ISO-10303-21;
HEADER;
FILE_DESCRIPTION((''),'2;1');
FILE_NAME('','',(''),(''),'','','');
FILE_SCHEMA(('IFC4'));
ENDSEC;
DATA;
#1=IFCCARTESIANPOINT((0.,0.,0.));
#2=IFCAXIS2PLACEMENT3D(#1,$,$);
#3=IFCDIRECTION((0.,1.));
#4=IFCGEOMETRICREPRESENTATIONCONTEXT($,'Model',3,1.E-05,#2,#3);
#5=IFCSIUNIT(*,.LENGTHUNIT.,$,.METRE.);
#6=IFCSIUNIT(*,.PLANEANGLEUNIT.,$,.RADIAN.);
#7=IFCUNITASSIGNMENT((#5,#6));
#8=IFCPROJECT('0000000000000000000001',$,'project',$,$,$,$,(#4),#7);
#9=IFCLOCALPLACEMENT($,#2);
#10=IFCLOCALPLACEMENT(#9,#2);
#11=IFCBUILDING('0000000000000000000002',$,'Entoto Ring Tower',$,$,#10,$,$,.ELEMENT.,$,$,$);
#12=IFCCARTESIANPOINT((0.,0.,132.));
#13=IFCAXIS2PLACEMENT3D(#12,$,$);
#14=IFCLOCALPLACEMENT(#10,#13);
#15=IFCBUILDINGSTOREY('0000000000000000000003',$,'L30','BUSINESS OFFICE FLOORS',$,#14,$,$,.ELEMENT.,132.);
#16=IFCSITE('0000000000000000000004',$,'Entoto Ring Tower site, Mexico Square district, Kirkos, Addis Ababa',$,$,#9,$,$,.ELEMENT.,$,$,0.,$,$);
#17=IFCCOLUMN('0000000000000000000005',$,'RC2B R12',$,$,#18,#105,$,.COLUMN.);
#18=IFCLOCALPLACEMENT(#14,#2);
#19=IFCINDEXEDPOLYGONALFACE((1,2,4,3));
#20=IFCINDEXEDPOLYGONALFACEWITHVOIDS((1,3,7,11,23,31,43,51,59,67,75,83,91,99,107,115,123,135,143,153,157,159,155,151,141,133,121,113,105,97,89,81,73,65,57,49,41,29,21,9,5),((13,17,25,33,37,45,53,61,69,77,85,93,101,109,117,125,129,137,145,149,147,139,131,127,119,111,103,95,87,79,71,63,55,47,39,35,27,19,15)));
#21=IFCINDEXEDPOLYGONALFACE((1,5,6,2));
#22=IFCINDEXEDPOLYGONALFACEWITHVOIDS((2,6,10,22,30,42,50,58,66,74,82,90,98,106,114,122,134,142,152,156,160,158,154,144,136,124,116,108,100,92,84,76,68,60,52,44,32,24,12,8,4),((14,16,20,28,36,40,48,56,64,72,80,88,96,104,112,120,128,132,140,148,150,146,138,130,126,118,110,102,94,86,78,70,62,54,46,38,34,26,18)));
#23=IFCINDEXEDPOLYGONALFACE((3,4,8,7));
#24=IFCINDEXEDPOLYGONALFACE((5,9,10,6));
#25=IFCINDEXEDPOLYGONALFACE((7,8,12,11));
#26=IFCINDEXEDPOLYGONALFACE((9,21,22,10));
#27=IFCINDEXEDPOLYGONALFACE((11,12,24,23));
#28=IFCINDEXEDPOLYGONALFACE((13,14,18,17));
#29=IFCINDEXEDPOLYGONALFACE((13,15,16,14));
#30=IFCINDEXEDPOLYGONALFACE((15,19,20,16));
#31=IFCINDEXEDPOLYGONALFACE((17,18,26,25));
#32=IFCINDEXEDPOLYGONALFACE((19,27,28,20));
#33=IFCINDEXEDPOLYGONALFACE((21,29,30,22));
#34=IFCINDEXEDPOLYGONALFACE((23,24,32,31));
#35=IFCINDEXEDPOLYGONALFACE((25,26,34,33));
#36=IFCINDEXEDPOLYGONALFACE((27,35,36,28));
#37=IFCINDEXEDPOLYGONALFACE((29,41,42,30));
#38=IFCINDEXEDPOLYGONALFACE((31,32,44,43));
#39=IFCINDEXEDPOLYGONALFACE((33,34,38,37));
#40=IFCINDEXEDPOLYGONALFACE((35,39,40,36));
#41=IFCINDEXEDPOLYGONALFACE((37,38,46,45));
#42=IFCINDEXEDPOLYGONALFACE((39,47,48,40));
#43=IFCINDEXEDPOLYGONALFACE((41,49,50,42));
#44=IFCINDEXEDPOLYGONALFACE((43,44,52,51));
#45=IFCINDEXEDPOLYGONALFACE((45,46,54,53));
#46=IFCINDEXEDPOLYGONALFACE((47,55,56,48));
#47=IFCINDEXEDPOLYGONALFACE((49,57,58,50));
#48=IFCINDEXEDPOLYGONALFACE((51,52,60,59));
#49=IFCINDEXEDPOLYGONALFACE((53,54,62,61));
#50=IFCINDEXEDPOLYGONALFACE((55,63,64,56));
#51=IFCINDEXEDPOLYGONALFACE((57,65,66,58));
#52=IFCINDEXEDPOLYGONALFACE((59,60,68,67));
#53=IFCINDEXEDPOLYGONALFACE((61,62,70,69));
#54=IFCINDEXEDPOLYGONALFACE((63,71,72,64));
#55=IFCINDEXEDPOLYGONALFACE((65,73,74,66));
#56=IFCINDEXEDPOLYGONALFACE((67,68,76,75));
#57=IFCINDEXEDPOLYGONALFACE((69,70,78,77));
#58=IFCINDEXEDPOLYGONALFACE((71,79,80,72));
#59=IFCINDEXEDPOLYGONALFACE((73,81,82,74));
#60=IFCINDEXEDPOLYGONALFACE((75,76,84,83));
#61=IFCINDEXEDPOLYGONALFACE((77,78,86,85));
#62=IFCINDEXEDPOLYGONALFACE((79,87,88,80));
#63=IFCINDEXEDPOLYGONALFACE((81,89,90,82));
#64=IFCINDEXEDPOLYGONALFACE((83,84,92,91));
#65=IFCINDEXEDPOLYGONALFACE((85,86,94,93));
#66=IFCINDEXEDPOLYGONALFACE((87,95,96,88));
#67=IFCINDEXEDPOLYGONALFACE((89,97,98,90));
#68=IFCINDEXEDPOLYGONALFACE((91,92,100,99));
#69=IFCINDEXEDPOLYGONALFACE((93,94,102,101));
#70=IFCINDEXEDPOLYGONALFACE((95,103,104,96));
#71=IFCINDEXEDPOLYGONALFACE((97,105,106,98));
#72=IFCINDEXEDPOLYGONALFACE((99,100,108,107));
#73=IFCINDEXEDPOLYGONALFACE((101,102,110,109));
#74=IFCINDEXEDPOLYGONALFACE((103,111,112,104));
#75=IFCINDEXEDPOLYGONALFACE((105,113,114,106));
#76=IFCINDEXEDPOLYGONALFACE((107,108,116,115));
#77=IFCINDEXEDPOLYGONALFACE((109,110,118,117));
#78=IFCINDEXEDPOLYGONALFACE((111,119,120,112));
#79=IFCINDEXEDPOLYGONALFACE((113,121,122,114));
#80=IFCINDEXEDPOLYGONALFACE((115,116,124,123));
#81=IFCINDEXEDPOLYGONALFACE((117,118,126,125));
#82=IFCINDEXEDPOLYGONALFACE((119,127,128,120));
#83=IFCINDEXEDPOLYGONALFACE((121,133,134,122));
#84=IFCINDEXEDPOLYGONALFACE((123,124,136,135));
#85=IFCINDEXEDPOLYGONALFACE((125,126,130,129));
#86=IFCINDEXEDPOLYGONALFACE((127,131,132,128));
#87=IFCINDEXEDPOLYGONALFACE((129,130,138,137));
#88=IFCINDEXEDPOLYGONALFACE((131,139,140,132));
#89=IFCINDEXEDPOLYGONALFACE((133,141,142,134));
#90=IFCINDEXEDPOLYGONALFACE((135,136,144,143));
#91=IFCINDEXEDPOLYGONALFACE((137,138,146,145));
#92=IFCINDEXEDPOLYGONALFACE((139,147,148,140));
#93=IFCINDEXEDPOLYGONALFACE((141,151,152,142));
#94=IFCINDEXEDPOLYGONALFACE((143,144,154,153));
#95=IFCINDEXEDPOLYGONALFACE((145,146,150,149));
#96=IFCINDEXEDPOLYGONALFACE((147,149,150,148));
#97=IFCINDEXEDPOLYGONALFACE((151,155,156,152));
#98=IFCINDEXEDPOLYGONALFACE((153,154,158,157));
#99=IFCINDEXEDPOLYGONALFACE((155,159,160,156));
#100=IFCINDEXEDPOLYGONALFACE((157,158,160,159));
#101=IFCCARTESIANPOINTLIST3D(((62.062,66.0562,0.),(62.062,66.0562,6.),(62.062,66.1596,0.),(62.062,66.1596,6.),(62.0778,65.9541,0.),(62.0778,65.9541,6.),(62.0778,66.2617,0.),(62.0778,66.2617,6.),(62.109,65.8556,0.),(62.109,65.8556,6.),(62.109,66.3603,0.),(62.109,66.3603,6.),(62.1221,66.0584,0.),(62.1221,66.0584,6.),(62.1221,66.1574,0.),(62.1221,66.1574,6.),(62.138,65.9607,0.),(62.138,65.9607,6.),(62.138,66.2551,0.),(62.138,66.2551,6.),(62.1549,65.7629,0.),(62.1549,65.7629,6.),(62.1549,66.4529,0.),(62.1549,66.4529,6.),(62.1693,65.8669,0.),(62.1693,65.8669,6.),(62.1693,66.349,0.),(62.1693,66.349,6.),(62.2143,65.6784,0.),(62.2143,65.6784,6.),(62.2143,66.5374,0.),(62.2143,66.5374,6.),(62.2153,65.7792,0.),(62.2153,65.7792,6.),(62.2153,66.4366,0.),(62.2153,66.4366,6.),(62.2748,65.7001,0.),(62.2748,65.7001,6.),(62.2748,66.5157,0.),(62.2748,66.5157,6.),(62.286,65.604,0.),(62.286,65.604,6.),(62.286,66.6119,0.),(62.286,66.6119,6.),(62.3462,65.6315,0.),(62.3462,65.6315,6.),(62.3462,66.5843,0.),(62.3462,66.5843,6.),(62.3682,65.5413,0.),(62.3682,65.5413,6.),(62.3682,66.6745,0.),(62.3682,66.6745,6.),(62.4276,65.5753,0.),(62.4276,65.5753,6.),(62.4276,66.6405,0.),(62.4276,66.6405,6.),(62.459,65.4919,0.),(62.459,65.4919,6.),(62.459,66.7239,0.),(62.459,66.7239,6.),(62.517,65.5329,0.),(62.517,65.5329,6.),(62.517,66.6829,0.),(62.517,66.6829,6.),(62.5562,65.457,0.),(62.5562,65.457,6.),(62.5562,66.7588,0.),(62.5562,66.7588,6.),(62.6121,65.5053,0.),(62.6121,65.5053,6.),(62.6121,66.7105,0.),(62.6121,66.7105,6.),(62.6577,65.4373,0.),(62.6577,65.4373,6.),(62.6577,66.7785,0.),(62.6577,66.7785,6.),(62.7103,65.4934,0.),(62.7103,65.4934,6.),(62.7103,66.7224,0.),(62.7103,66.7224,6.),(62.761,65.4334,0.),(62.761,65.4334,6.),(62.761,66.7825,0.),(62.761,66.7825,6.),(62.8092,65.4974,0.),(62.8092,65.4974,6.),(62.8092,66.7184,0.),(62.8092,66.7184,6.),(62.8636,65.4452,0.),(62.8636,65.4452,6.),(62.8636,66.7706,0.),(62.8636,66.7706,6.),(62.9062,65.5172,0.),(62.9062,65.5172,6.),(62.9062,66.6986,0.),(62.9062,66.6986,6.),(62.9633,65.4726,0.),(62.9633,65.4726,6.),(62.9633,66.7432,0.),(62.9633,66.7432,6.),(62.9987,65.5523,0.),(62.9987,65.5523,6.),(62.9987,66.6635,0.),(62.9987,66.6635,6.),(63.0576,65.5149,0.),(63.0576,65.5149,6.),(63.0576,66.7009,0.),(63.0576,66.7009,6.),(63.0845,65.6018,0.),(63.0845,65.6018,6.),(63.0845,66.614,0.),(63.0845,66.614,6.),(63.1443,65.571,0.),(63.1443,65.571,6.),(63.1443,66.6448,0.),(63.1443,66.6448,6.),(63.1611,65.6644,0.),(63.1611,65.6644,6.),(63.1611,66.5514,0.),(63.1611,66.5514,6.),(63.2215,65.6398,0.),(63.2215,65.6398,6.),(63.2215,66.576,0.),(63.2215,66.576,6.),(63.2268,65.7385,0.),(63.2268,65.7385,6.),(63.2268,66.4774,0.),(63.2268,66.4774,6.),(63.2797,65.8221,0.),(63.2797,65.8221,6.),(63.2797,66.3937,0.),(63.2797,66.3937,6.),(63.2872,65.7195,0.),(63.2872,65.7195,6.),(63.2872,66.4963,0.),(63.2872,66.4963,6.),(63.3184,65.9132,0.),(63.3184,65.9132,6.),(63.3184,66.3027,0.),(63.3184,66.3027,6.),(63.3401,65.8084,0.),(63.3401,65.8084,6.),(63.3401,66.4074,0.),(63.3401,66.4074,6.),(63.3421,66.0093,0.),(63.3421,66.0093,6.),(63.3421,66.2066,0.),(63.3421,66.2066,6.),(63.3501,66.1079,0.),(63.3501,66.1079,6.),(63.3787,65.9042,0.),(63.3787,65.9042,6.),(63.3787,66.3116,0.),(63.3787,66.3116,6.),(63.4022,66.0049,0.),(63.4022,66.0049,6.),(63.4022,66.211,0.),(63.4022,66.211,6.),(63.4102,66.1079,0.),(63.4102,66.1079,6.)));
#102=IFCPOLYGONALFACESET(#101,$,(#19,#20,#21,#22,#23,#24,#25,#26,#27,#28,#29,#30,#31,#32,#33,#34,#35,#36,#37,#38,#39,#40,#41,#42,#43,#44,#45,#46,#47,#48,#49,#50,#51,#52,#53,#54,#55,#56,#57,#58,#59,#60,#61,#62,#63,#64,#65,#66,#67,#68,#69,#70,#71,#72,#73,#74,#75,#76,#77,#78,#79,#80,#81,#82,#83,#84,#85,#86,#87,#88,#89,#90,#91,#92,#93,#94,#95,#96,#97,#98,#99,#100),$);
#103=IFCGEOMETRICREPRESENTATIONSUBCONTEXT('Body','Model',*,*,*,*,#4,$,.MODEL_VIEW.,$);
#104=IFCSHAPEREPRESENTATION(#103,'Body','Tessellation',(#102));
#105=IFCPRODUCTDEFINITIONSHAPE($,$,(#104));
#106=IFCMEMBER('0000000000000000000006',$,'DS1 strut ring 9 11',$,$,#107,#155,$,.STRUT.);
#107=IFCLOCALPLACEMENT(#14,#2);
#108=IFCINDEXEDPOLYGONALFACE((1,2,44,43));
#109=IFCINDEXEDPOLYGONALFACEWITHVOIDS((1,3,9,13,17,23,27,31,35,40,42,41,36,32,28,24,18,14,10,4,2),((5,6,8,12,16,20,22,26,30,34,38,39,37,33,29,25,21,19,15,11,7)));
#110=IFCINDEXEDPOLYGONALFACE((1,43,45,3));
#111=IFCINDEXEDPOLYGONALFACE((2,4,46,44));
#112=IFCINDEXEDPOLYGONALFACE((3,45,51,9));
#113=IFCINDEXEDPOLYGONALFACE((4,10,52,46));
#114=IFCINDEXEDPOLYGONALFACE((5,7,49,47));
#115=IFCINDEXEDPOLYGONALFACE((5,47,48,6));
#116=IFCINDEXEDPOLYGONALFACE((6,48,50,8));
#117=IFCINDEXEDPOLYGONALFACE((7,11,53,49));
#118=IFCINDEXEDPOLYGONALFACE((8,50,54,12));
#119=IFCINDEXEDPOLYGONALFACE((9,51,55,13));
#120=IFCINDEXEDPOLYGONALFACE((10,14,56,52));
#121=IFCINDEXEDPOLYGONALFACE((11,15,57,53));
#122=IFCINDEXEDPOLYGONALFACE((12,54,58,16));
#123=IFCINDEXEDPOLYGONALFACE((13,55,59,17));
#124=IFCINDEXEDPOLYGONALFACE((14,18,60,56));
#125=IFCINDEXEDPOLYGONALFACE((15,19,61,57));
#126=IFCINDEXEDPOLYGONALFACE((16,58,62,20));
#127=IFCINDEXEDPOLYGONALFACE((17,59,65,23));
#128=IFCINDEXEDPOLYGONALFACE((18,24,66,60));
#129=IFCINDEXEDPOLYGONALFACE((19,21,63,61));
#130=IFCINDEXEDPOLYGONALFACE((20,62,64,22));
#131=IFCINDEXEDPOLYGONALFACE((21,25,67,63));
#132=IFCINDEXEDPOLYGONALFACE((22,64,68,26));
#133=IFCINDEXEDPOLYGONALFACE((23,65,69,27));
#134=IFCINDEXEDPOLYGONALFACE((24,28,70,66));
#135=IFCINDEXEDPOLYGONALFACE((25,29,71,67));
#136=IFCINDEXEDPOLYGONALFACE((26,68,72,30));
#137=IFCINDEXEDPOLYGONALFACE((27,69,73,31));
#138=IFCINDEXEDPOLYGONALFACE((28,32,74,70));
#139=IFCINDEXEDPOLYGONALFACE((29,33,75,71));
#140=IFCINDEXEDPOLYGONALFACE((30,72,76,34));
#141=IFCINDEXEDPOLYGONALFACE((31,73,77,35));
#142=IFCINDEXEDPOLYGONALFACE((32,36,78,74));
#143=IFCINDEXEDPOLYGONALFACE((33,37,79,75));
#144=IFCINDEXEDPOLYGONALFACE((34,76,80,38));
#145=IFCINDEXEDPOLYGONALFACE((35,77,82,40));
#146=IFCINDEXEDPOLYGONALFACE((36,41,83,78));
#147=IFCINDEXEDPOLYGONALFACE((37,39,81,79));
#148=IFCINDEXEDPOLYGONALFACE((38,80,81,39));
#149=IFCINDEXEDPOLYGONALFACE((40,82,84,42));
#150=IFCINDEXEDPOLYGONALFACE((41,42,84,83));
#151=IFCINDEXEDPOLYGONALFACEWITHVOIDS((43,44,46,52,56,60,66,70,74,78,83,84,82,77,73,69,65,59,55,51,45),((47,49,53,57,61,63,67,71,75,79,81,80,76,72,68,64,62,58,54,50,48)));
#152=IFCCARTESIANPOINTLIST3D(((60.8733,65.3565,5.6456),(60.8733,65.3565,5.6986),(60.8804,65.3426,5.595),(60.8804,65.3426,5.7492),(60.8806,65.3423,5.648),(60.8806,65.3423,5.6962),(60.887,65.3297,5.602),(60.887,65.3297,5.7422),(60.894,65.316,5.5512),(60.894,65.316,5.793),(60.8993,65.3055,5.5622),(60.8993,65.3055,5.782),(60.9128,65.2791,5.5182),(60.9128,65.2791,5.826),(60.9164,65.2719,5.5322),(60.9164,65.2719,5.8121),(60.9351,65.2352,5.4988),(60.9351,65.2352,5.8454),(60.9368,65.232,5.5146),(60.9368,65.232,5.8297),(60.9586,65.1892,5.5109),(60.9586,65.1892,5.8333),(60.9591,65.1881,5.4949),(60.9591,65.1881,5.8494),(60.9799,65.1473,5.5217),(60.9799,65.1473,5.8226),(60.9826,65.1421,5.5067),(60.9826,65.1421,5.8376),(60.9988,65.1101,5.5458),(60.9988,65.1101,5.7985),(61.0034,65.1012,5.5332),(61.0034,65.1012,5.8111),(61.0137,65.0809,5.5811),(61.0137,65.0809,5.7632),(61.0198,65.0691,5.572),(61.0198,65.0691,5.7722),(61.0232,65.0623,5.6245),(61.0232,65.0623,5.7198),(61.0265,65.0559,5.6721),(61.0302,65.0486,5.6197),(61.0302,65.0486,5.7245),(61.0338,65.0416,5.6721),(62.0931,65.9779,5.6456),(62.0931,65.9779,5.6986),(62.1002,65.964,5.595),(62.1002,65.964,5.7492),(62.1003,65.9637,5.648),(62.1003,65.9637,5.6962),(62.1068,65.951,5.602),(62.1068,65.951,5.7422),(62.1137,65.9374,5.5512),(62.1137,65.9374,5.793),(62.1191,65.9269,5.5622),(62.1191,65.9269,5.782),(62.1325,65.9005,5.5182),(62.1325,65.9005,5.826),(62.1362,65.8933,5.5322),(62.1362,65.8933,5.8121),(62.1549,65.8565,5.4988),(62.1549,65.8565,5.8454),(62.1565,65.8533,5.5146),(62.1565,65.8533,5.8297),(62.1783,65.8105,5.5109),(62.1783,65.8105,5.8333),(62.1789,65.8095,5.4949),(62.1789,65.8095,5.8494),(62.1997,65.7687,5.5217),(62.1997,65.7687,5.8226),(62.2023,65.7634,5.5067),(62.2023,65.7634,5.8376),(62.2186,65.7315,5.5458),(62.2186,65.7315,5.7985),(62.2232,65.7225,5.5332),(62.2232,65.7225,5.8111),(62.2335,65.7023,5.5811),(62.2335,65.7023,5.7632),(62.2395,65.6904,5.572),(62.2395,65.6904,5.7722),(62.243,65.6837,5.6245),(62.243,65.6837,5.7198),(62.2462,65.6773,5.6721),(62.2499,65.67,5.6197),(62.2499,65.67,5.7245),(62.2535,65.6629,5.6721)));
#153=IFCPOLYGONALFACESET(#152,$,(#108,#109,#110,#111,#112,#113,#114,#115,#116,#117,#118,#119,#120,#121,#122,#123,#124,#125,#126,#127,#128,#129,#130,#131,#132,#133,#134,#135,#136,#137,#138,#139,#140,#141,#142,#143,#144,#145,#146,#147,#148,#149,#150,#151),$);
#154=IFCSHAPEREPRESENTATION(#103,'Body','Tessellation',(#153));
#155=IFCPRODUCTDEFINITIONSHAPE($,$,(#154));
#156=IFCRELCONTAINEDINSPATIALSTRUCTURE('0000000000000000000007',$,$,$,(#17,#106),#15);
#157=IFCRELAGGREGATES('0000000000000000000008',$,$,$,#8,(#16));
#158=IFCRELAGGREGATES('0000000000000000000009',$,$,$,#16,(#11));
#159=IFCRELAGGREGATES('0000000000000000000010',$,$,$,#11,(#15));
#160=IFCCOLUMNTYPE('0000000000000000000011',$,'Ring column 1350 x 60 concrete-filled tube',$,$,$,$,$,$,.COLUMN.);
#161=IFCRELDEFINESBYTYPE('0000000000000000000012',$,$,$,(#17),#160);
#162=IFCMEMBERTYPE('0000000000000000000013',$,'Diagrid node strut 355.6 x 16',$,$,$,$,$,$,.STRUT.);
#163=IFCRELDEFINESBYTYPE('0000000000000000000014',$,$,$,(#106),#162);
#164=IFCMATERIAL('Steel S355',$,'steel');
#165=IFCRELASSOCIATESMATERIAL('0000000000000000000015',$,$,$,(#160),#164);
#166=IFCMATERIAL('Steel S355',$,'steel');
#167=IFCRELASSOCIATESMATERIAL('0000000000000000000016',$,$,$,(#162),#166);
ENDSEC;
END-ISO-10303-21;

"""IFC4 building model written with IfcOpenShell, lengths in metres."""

from ifc_helpers import new_model, si_unit, direction, frame, origin, origin_2d, place, context, subcontext, project, spatial, circle, hollow_circle, extrude, material, material_profile, profile_set, type_object, element, save


model = new_model("IFC4")

# Units and contexts
model_context = context("Model", 3, precision=1e-05, world=origin(), true_north=direction((0.0, 1.0)))
body_context = subcontext(model_context, "Body", "Model", "MODEL_VIEW")
ifc_project = project(units=[si_unit("LENGTHUNIT", "METRE"), si_unit("PLANEANGLEUNIT", "RADIAN")], contexts=[model_context])

# Site, building, storey
site_placement = place(None, origin())
site = spatial("IfcSite", under=ifc_project, at=site_placement, Name="Entoto Ring Tower site, Mexico Square district, Kirkos, Addis Ababa", CompositionType="ELEMENT", RefElevation=0.0)
building_placement = place(site_placement, origin())
building = spatial("IfcBuilding", under=site, at=building_placement, Name="Entoto Ring Tower", CompositionType="ELEMENT")
storey_placement = place(building_placement, frame((0.0, 0.0, 132.0)))
storey = spatial("IfcBuildingStorey", under=building, at=storey_placement, Name="L30", Description="BUSINESS OFFICE FLOORS", CompositionType="ELEMENT", Elevation=132.0)

# Column
ifc_material_1 = material(Name="Steel S355", Category="steel")
ifc_material_profile_1 = material_profile(ifc_material_1, hollow_circle(Radius=0.675, WallThickness=0.0601, at=origin_2d()), Name="CHS 1350 x 60")
ifc_material_2 = material(Name="Concrete C60/75", Category="concrete")
ifc_material_profile_2 = material_profile(ifc_material_2, circle(Radius=0.615, at=origin_2d()), Name="Concrete C60/75 infill")
ifc_profile_set_1 = profile_set([ifc_material_profile_1, ifc_material_profile_2], Name="Steel S355")
column_type = type_object("IfcColumnType", Name="Ring column 1350 x 60 concrete-filled tube", PredefinedType="COLUMN", material=ifc_profile_set_1)
column_placement = place(storey_placement, frame((62.7351, 66.1079, 0.0), z_axis=(0.0, 0.0, 1.0), x_axis=(1.0, 0.0, 0.0)))
element("IfcColumn", 1, at=column_placement, inside=storey, type_object=column_type, Name="RC2B R12", PredefinedType="COLUMN", context=body_context, shape_type="SweptSolid", body=[
    extrude(hollow_circle(Radius=0.675, WallThickness=0.0601, at=origin_2d()), origin(), (0.0, 0.0, 1.0), 6.0),
])

# Member
ifc_material_3 = material(Name="Steel S355", Category="steel")
ifc_material_profile_3 = material_profile(ifc_material_3, hollow_circle(Radius=0.1777, WallThickness=0.0161, at=origin_2d()), Name="CHS 355.6 x 16")
ifc_material_4 = material(Name="Concrete C60/75", Category="concrete")
ifc_material_profile_4 = material_profile(ifc_material_4, circle(Radius=0.1619, at=origin_2d()), Name="Concrete C60/75 infill")
ifc_profile_set_2 = profile_set([ifc_material_profile_3, ifc_material_profile_4], Name="Steel S355")
member_type = type_object("IfcMemberType", Name="Diagrid node strut 355.6 x 16", PredefinedType="STRUT", material=ifc_profile_set_2)
member_placement = place(storey_placement, frame((62.1729, 65.8213, 5.6721), z_axis=(-0.891049, -0.453907, 0.0), x_axis=(0.453907, -0.891049, 0.0)))
element("IfcMember", 2, at=member_placement, inside=storey, type_object=member_type, Name="DS1 strut ring 9 11", PredefinedType="STRUT", context=body_context, shape_type="SweptSolid", body=[
    extrude(hollow_circle(Radius=0.1777, WallThickness=0.0161, at=origin_2d()), origin(), (0.0, 0.0, 1.0), 1.3689),
])

save(model, "model.ifc")
